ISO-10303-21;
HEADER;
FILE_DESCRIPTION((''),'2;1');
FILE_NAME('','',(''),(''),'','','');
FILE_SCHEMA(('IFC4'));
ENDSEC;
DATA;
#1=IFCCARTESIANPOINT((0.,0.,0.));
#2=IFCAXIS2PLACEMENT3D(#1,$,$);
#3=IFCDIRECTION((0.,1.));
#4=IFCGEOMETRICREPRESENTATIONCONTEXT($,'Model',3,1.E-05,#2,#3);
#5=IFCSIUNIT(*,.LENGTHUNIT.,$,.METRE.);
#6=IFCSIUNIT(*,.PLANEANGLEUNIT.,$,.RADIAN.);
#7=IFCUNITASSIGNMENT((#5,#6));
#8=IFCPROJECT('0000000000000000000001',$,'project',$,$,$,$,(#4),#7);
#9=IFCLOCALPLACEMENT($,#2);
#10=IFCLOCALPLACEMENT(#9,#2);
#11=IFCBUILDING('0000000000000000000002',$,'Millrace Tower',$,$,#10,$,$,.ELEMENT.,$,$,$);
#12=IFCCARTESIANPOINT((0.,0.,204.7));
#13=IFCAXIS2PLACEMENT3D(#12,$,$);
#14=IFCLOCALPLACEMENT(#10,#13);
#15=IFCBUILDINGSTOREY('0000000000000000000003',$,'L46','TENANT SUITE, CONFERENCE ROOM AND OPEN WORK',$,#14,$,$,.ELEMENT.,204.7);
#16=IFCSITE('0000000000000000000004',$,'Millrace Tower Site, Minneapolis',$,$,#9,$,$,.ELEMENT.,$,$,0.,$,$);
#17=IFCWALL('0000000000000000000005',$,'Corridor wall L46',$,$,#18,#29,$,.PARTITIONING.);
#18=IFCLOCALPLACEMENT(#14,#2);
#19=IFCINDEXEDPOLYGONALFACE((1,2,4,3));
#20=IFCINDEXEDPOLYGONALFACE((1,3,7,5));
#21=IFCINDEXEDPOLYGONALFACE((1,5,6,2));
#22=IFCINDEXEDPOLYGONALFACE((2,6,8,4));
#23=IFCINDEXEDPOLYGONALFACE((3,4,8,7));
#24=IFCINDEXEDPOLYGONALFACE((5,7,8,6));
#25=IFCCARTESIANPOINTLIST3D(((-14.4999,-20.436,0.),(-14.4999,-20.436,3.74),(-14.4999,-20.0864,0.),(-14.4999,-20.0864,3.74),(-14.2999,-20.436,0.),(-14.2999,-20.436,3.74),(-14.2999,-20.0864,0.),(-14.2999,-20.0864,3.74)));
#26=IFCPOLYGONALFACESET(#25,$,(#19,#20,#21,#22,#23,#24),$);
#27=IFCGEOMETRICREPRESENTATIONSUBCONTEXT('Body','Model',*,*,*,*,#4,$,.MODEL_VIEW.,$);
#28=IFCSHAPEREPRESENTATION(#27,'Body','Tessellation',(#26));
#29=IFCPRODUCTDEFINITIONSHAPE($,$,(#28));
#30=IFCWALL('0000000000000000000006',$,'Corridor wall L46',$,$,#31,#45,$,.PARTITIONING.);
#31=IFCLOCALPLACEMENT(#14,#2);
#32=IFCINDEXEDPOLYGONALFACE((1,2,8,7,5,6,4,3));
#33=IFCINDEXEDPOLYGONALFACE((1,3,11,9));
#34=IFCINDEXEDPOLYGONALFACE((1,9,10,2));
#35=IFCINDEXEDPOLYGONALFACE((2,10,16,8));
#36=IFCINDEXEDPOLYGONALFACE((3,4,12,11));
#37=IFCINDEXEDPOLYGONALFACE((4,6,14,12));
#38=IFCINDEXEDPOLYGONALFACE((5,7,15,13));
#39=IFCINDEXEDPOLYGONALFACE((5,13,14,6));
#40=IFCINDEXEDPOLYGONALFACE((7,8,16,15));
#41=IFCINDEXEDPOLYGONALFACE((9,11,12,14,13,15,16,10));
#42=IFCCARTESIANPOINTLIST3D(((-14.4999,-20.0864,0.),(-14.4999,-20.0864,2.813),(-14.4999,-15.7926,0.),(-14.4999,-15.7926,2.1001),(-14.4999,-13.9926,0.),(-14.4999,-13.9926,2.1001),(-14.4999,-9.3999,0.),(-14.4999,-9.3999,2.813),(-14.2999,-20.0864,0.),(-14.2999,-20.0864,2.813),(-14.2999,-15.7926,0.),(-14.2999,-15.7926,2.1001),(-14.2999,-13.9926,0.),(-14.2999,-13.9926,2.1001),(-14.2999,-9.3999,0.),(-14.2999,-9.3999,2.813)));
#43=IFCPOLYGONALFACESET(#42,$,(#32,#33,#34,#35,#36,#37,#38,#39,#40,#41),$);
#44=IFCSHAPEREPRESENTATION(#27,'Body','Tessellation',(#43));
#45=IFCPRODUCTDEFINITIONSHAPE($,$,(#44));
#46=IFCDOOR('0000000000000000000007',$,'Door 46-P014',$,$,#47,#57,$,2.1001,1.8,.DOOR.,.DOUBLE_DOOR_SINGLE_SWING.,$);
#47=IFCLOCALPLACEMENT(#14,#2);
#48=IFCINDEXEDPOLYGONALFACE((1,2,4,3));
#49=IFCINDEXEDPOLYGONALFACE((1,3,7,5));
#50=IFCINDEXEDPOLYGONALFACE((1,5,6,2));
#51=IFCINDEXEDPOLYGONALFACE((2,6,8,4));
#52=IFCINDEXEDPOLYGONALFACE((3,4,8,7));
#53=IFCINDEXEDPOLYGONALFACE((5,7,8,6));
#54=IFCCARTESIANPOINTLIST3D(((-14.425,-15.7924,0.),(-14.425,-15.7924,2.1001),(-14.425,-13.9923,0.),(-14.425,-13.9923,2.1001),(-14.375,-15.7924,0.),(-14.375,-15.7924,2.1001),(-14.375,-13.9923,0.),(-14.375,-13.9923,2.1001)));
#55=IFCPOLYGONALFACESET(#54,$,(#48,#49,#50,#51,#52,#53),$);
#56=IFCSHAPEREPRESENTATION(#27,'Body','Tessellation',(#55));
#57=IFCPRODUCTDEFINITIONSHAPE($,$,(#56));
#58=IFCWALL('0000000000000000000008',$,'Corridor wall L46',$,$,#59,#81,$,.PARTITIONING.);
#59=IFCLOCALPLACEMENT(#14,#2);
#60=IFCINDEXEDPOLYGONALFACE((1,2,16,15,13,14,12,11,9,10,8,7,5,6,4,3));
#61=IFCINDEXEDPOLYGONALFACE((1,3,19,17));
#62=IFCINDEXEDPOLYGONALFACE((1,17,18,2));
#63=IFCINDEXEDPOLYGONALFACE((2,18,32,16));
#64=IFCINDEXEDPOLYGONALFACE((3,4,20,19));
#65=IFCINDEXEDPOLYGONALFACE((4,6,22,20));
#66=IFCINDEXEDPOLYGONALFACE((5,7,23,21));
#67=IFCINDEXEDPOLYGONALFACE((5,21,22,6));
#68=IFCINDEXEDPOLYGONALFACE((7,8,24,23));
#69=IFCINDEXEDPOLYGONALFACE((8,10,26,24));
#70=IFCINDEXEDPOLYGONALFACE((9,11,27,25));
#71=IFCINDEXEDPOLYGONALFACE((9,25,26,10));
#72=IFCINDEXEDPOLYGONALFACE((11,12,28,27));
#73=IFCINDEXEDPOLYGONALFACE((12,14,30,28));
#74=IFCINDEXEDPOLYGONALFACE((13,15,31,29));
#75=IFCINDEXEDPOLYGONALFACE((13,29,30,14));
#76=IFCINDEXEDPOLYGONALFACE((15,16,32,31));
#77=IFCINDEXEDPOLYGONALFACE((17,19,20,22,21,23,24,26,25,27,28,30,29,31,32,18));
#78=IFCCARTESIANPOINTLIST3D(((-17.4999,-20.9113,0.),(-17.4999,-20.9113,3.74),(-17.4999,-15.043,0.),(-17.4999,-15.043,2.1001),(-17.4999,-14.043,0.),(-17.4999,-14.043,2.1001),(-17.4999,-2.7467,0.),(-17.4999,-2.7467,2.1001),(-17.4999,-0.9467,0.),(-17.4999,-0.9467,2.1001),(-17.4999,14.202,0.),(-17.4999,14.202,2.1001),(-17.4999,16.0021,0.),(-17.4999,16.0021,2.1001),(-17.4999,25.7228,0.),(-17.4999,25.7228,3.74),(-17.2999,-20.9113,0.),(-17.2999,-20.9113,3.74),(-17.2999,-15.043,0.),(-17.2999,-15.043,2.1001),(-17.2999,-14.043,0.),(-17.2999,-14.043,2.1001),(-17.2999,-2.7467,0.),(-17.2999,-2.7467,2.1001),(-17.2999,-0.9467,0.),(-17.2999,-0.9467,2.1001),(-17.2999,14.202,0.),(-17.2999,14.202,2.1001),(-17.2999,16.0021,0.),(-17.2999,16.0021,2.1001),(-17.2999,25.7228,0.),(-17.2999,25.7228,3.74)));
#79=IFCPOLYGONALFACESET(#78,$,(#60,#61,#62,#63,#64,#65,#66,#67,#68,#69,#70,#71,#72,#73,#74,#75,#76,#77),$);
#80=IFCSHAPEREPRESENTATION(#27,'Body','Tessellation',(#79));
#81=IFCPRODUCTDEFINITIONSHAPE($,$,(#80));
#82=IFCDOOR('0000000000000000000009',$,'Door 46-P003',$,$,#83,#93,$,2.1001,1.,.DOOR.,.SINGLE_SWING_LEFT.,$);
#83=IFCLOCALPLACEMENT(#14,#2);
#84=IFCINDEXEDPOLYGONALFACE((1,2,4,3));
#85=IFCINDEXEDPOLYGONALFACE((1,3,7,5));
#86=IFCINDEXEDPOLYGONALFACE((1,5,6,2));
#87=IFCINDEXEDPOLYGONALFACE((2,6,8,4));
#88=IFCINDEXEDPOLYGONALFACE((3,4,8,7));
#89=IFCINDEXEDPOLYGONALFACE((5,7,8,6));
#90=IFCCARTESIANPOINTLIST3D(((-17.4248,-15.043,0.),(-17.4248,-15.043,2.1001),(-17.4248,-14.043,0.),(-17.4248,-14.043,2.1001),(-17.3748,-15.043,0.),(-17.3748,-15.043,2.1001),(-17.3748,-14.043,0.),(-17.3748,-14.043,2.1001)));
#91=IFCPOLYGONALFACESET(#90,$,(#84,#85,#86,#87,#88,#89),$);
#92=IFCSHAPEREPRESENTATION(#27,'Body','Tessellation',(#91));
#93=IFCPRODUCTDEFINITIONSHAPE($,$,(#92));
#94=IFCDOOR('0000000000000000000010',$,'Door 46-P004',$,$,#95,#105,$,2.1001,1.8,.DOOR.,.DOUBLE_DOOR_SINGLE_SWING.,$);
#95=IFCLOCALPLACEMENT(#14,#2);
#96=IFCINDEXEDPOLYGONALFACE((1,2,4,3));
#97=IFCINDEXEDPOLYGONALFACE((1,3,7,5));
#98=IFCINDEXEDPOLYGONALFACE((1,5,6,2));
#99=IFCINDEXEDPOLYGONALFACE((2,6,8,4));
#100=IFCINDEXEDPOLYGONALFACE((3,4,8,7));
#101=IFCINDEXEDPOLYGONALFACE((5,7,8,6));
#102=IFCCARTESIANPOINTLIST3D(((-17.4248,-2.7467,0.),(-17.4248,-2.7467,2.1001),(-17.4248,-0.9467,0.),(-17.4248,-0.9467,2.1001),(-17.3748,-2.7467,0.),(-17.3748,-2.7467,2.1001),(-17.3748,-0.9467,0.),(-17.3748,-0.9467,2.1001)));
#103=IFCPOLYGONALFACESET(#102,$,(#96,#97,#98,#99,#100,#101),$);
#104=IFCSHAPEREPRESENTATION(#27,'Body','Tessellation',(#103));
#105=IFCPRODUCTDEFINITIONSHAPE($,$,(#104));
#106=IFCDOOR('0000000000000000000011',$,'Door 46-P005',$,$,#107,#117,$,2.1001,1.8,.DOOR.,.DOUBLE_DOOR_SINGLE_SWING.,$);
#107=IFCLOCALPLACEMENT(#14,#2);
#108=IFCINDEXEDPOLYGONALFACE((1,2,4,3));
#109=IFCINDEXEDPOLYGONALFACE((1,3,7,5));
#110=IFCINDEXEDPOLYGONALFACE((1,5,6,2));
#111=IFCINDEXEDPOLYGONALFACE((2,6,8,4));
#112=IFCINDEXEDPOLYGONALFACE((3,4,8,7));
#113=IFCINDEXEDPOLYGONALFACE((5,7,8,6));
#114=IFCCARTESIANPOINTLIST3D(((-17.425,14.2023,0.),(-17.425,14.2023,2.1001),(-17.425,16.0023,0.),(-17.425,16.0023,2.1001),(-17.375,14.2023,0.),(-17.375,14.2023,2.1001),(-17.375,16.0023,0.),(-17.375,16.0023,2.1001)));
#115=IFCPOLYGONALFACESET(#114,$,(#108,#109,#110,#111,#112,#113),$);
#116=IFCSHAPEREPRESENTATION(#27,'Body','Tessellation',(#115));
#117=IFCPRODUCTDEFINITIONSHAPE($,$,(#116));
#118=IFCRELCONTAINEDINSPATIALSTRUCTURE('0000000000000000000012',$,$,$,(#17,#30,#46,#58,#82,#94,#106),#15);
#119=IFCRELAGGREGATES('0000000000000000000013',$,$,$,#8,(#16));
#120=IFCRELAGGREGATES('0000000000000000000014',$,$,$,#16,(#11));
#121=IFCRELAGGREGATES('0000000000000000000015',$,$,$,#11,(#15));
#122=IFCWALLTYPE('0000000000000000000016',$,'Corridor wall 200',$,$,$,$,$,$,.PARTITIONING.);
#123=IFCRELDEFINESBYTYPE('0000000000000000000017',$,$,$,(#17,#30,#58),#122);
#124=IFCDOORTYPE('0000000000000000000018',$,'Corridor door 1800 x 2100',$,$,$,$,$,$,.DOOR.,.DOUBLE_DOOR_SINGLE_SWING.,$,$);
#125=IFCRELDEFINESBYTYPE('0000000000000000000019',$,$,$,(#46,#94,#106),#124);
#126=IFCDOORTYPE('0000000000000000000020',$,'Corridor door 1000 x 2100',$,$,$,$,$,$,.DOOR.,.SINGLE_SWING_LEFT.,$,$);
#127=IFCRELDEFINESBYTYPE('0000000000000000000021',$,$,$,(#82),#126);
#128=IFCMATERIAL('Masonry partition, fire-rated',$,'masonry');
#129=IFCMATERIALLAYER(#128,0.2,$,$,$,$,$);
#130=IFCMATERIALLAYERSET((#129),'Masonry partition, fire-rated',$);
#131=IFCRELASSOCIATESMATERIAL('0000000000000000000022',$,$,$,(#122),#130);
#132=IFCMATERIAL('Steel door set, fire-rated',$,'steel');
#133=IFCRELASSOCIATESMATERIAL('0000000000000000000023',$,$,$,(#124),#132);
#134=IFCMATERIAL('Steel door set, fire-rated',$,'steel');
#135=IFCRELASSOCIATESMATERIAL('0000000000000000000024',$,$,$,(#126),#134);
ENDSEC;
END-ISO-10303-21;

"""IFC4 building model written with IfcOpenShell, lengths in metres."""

from ifc_helpers import new_model, si_unit, direction, frame, frame_2d, origin, place, context, subcontext, project, spatial, rectangle, extrude, material, layer, layer_set, type_object, element, fill, save


model = new_model("IFC4")

# Units and contexts
model_context = context("Model", 3, precision=1e-05, world=origin(), true_north=direction((0.0, 1.0)))
body_context = subcontext(model_context, "Body", "Model", "MODEL_VIEW")
ifc_project = project(units=[si_unit("LENGTHUNIT", "METRE"), si_unit("PLANEANGLEUNIT", "RADIAN")], contexts=[model_context])

# Site, building, storey
site_placement = place(None, origin())
site = spatial("IfcSite", under=ifc_project, at=site_placement, Name="Millrace Tower Site, Minneapolis", CompositionType="ELEMENT", RefElevation=0.0)
building_placement = place(site_placement, origin())
building = spatial("IfcBuilding", under=site, at=building_placement, Name="Millrace Tower", CompositionType="ELEMENT")
storey_placement = place(building_placement, frame((0.0, 0.0, 204.7)))
storey = spatial("IfcBuildingStorey", under=building, at=storey_placement, Name="L46", Description="TENANT SUITE, CONFERENCE ROOM AND OPEN WORK", CompositionType="ELEMENT", Elevation=204.7)

# Wall
ifc_material_1 = material(Name="Masonry partition, fire-rated", Category="masonry")
ifc_layer_1 = layer(ifc_material_1, 0.2)
ifc_layer_set_1 = layer_set([ifc_layer_1], Name="Masonry partition, fire-rated")
wall_type = type_object("IfcWallType", Name="Corridor wall 200", PredefinedType="PARTITIONING", material=ifc_layer_set_1)
wall_1_placement = place(storey_placement, frame((-14.3999, -20.436, 0.0), z_axis=(0.0, 0.0, 1.0), x_axis=(0.0, 1.0, 0.0)))
element("IfcWall", 1, at=wall_1_placement, inside=storey, type_object=wall_type, Name="Corridor wall L46", PredefinedType="PARTITIONING", context=body_context, shape_type="SweptSolid", body=[
    extrude(rectangle(XDim=0.3496, YDim=0.2, at=frame_2d((0.1748, 0.0))), origin(), (0.0, 0.0, 1.0), 3.74),
])

# Wall, opening, door
wall_2_placement = place(storey_placement, frame((-14.3999, -20.0864, 0.0), z_axis=(0.0, 0.0, 1.0), x_axis=(0.0, 1.0, 0.0)))
wall_2 = element("IfcWall", 2, at=wall_2_placement, inside=storey, type_object=wall_type, Name="Corridor wall L46", PredefinedType="PARTITIONING", context=body_context, shape_type="SweptSolid", body=[
    extrude(rectangle(XDim=10.6865, YDim=0.2, at=frame_2d((5.3433, 0.0))), origin(), (0.0, 0.0, 1.0), 2.813),
])
opening_1_placement = place(wall_2_placement, frame((4.2939, 0.0, 0.0)))
opening_1 = element("IfcOpeningElement", 3, at=opening_1_placement, cuts=wall_2, PredefinedType="OPENING", context=body_context, shape_type="SweptSolid", body=[
    extrude(rectangle(XDim=1.8, YDim=2.1001, at=frame_2d((0.8999, 1.05))), frame((0.0, 0.1099, 0.0), z_axis=(0.0, -1.0, 0.0), x_axis=(1.0, 0.0, 0.0)), (0.0, 0.0, 1.0), 0.22),
])
ifc_material_2 = material(Name="Steel door set, fire-rated", Category="steel")
door_type_1 = type_object("IfcDoorType", Name="Corridor door 1800 x 2100", OperationType="DOUBLE_DOOR_SINGLE_SWING", PredefinedType="DOOR", material=ifc_material_2)
door_1_placement = place(opening_1_placement, frame((1.8, 0.0, 0.0), z_axis=(0.0, 0.0, 1.0), x_axis=(-1.0, 0.0, 0.0)))
door_1 = element("IfcDoor", 4, at=door_1_placement, inside=storey, type_object=door_type_1, Name="Door 46-P014", OperationType="DOUBLE_DOOR_SINGLE_SWING", OverallHeight=2.1001, OverallWidth=1.8, PredefinedType="DOOR", context=body_context, shape_type="SweptSolid", body=[
    extrude(rectangle(XDim=1.8, YDim=2.1001, at=frame_2d((0.8999, 1.05))), frame((0.0, 0.0249, 0.0), z_axis=(0.0, -1.0, 0.0), x_axis=(1.0, 0.0, 0.0)), (0.0, 0.0, 1.0), 0.05),
])
fill(opening_1, door_1)

# Wall, openings, doors
wall_3_placement = place(storey_placement, frame((-17.3999, -20.9111, 0.0), z_axis=(0.0, 0.0, 1.0), x_axis=(0.0, 1.0, 0.0)))
wall_3 = element("IfcWall", 5, at=wall_3_placement, inside=storey, type_object=wall_type, Name="Corridor wall L46", PredefinedType="PARTITIONING", context=body_context, shape_type="SweptSolid", body=[
    extrude(rectangle(XDim=46.634, YDim=0.2, at=frame_2d((23.3169, 0.0))), origin(), (0.0, 0.0, 1.0), 3.74),
])
opening_2_placement = place(wall_3_placement, frame((5.8682, 0.0, 0.0)))
opening_2 = element("IfcOpeningElement", 6, at=opening_2_placement, cuts=wall_3, PredefinedType="OPENING", context=body_context, shape_type="SweptSolid", body=[
    extrude(rectangle(XDim=1.0, YDim=2.1001, at=frame_2d((0.5, 1.05))), frame((0.0, 0.1099, 0.0), z_axis=(0.0, -1.0, 0.0), x_axis=(1.0, 0.0, 0.0)), (0.0, 0.0, 1.0), 0.22),
])
opening_3_placement = place(wall_3_placement, frame((18.1646, 0.0, 0.0)))
opening_3 = element("IfcOpeningElement", 7, at=opening_3_placement, cuts=wall_3, PredefinedType="OPENING", context=body_context, shape_type="SweptSolid", body=[
    extrude(rectangle(XDim=1.8, YDim=2.1001, at=frame_2d((0.8999, 1.05))), frame((0.0, 0.1099, 0.0), z_axis=(0.0, -1.0, 0.0), x_axis=(1.0, 0.0, 0.0)), (0.0, 0.0, 1.0), 0.22),
])
opening_4_placement = place(wall_3_placement, frame((35.1133, 0.0, 0.0)))
opening_4 = element("IfcOpeningElement", 8, at=opening_4_placement, cuts=wall_3, PredefinedType="OPENING", context=body_context, shape_type="SweptSolid", body=[
    extrude(rectangle(XDim=1.8, YDim=2.1001, at=frame_2d((0.8999, 1.05))), frame((0.0, 0.1099, 0.0), z_axis=(0.0, -1.0, 0.0), x_axis=(1.0, 0.0, 0.0)), (0.0, 0.0, 1.0), 0.22),
])
ifc_material_3 = material(Name="Steel door set, fire-rated", Category="steel")
door_type_2 = type_object("IfcDoorType", Name="Corridor door 1000 x 2100", OperationType="SINGLE_SWING_LEFT", PredefinedType="DOOR", material=ifc_material_3)
door_2_placement = place(opening_2_placement, origin())
door_2 = element("IfcDoor", 9, at=door_2_placement, inside=storey, type_object=door_type_2, Name="Door 46-P003", OperationType="SINGLE_SWING_LEFT", OverallHeight=2.1001, OverallWidth=1.0, PredefinedType="DOOR", context=body_context, shape_type="SweptSolid", body=[
    extrude(rectangle(XDim=1.0, YDim=2.1001, at=frame_2d((0.5, 1.05))), frame((0.0, 0.0249, 0.0), z_axis=(0.0, -1.0, 0.0), x_axis=(1.0, 0.0, 0.0)), (0.0, 0.0, 1.0), 0.05),
])
fill(opening_2, door_2)
door_3_placement = place(opening_3_placement, origin())
door_3 = element("IfcDoor", 10, at=door_3_placement, inside=storey, type_object=door_type_1, Name="Door 46-P004", OperationType="DOUBLE_DOOR_SINGLE_SWING", OverallHeight=2.1001, OverallWidth=1.8, PredefinedType="DOOR", context=body_context, shape_type="SweptSolid", body=[
    extrude(rectangle(XDim=1.8, YDim=2.1001, at=frame_2d((0.8999, 1.05))), frame((0.0, 0.0249, 0.0), z_axis=(0.0, -1.0, 0.0), x_axis=(1.0, 0.0, 0.0)), (0.0, 0.0, 1.0), 0.05),
])
fill(opening_3, door_3)
door_4_placement = place(opening_4_placement, frame((1.8, 0.0, 0.0), z_axis=(0.0, 0.0, 1.0), x_axis=(-1.0, 0.0, 0.0)))
door_4 = element("IfcDoor", 11, at=door_4_placement, inside=storey, type_object=door_type_1, Name="Door 46-P005", OperationType="DOUBLE_DOOR_SINGLE_SWING", OverallHeight=2.1001, OverallWidth=1.8, PredefinedType="DOOR", context=body_context, shape_type="SweptSolid", body=[
    extrude(rectangle(XDim=1.8, YDim=2.1001, at=frame_2d((0.8999, 1.05))), frame((0.0, 0.0249, 0.0), z_axis=(0.0, -1.0, 0.0), x_axis=(1.0, 0.0, 0.0)), (0.0, 0.0, 1.0), 0.05),
])
fill(opening_4, door_4)

save(model, "model.ifc")
